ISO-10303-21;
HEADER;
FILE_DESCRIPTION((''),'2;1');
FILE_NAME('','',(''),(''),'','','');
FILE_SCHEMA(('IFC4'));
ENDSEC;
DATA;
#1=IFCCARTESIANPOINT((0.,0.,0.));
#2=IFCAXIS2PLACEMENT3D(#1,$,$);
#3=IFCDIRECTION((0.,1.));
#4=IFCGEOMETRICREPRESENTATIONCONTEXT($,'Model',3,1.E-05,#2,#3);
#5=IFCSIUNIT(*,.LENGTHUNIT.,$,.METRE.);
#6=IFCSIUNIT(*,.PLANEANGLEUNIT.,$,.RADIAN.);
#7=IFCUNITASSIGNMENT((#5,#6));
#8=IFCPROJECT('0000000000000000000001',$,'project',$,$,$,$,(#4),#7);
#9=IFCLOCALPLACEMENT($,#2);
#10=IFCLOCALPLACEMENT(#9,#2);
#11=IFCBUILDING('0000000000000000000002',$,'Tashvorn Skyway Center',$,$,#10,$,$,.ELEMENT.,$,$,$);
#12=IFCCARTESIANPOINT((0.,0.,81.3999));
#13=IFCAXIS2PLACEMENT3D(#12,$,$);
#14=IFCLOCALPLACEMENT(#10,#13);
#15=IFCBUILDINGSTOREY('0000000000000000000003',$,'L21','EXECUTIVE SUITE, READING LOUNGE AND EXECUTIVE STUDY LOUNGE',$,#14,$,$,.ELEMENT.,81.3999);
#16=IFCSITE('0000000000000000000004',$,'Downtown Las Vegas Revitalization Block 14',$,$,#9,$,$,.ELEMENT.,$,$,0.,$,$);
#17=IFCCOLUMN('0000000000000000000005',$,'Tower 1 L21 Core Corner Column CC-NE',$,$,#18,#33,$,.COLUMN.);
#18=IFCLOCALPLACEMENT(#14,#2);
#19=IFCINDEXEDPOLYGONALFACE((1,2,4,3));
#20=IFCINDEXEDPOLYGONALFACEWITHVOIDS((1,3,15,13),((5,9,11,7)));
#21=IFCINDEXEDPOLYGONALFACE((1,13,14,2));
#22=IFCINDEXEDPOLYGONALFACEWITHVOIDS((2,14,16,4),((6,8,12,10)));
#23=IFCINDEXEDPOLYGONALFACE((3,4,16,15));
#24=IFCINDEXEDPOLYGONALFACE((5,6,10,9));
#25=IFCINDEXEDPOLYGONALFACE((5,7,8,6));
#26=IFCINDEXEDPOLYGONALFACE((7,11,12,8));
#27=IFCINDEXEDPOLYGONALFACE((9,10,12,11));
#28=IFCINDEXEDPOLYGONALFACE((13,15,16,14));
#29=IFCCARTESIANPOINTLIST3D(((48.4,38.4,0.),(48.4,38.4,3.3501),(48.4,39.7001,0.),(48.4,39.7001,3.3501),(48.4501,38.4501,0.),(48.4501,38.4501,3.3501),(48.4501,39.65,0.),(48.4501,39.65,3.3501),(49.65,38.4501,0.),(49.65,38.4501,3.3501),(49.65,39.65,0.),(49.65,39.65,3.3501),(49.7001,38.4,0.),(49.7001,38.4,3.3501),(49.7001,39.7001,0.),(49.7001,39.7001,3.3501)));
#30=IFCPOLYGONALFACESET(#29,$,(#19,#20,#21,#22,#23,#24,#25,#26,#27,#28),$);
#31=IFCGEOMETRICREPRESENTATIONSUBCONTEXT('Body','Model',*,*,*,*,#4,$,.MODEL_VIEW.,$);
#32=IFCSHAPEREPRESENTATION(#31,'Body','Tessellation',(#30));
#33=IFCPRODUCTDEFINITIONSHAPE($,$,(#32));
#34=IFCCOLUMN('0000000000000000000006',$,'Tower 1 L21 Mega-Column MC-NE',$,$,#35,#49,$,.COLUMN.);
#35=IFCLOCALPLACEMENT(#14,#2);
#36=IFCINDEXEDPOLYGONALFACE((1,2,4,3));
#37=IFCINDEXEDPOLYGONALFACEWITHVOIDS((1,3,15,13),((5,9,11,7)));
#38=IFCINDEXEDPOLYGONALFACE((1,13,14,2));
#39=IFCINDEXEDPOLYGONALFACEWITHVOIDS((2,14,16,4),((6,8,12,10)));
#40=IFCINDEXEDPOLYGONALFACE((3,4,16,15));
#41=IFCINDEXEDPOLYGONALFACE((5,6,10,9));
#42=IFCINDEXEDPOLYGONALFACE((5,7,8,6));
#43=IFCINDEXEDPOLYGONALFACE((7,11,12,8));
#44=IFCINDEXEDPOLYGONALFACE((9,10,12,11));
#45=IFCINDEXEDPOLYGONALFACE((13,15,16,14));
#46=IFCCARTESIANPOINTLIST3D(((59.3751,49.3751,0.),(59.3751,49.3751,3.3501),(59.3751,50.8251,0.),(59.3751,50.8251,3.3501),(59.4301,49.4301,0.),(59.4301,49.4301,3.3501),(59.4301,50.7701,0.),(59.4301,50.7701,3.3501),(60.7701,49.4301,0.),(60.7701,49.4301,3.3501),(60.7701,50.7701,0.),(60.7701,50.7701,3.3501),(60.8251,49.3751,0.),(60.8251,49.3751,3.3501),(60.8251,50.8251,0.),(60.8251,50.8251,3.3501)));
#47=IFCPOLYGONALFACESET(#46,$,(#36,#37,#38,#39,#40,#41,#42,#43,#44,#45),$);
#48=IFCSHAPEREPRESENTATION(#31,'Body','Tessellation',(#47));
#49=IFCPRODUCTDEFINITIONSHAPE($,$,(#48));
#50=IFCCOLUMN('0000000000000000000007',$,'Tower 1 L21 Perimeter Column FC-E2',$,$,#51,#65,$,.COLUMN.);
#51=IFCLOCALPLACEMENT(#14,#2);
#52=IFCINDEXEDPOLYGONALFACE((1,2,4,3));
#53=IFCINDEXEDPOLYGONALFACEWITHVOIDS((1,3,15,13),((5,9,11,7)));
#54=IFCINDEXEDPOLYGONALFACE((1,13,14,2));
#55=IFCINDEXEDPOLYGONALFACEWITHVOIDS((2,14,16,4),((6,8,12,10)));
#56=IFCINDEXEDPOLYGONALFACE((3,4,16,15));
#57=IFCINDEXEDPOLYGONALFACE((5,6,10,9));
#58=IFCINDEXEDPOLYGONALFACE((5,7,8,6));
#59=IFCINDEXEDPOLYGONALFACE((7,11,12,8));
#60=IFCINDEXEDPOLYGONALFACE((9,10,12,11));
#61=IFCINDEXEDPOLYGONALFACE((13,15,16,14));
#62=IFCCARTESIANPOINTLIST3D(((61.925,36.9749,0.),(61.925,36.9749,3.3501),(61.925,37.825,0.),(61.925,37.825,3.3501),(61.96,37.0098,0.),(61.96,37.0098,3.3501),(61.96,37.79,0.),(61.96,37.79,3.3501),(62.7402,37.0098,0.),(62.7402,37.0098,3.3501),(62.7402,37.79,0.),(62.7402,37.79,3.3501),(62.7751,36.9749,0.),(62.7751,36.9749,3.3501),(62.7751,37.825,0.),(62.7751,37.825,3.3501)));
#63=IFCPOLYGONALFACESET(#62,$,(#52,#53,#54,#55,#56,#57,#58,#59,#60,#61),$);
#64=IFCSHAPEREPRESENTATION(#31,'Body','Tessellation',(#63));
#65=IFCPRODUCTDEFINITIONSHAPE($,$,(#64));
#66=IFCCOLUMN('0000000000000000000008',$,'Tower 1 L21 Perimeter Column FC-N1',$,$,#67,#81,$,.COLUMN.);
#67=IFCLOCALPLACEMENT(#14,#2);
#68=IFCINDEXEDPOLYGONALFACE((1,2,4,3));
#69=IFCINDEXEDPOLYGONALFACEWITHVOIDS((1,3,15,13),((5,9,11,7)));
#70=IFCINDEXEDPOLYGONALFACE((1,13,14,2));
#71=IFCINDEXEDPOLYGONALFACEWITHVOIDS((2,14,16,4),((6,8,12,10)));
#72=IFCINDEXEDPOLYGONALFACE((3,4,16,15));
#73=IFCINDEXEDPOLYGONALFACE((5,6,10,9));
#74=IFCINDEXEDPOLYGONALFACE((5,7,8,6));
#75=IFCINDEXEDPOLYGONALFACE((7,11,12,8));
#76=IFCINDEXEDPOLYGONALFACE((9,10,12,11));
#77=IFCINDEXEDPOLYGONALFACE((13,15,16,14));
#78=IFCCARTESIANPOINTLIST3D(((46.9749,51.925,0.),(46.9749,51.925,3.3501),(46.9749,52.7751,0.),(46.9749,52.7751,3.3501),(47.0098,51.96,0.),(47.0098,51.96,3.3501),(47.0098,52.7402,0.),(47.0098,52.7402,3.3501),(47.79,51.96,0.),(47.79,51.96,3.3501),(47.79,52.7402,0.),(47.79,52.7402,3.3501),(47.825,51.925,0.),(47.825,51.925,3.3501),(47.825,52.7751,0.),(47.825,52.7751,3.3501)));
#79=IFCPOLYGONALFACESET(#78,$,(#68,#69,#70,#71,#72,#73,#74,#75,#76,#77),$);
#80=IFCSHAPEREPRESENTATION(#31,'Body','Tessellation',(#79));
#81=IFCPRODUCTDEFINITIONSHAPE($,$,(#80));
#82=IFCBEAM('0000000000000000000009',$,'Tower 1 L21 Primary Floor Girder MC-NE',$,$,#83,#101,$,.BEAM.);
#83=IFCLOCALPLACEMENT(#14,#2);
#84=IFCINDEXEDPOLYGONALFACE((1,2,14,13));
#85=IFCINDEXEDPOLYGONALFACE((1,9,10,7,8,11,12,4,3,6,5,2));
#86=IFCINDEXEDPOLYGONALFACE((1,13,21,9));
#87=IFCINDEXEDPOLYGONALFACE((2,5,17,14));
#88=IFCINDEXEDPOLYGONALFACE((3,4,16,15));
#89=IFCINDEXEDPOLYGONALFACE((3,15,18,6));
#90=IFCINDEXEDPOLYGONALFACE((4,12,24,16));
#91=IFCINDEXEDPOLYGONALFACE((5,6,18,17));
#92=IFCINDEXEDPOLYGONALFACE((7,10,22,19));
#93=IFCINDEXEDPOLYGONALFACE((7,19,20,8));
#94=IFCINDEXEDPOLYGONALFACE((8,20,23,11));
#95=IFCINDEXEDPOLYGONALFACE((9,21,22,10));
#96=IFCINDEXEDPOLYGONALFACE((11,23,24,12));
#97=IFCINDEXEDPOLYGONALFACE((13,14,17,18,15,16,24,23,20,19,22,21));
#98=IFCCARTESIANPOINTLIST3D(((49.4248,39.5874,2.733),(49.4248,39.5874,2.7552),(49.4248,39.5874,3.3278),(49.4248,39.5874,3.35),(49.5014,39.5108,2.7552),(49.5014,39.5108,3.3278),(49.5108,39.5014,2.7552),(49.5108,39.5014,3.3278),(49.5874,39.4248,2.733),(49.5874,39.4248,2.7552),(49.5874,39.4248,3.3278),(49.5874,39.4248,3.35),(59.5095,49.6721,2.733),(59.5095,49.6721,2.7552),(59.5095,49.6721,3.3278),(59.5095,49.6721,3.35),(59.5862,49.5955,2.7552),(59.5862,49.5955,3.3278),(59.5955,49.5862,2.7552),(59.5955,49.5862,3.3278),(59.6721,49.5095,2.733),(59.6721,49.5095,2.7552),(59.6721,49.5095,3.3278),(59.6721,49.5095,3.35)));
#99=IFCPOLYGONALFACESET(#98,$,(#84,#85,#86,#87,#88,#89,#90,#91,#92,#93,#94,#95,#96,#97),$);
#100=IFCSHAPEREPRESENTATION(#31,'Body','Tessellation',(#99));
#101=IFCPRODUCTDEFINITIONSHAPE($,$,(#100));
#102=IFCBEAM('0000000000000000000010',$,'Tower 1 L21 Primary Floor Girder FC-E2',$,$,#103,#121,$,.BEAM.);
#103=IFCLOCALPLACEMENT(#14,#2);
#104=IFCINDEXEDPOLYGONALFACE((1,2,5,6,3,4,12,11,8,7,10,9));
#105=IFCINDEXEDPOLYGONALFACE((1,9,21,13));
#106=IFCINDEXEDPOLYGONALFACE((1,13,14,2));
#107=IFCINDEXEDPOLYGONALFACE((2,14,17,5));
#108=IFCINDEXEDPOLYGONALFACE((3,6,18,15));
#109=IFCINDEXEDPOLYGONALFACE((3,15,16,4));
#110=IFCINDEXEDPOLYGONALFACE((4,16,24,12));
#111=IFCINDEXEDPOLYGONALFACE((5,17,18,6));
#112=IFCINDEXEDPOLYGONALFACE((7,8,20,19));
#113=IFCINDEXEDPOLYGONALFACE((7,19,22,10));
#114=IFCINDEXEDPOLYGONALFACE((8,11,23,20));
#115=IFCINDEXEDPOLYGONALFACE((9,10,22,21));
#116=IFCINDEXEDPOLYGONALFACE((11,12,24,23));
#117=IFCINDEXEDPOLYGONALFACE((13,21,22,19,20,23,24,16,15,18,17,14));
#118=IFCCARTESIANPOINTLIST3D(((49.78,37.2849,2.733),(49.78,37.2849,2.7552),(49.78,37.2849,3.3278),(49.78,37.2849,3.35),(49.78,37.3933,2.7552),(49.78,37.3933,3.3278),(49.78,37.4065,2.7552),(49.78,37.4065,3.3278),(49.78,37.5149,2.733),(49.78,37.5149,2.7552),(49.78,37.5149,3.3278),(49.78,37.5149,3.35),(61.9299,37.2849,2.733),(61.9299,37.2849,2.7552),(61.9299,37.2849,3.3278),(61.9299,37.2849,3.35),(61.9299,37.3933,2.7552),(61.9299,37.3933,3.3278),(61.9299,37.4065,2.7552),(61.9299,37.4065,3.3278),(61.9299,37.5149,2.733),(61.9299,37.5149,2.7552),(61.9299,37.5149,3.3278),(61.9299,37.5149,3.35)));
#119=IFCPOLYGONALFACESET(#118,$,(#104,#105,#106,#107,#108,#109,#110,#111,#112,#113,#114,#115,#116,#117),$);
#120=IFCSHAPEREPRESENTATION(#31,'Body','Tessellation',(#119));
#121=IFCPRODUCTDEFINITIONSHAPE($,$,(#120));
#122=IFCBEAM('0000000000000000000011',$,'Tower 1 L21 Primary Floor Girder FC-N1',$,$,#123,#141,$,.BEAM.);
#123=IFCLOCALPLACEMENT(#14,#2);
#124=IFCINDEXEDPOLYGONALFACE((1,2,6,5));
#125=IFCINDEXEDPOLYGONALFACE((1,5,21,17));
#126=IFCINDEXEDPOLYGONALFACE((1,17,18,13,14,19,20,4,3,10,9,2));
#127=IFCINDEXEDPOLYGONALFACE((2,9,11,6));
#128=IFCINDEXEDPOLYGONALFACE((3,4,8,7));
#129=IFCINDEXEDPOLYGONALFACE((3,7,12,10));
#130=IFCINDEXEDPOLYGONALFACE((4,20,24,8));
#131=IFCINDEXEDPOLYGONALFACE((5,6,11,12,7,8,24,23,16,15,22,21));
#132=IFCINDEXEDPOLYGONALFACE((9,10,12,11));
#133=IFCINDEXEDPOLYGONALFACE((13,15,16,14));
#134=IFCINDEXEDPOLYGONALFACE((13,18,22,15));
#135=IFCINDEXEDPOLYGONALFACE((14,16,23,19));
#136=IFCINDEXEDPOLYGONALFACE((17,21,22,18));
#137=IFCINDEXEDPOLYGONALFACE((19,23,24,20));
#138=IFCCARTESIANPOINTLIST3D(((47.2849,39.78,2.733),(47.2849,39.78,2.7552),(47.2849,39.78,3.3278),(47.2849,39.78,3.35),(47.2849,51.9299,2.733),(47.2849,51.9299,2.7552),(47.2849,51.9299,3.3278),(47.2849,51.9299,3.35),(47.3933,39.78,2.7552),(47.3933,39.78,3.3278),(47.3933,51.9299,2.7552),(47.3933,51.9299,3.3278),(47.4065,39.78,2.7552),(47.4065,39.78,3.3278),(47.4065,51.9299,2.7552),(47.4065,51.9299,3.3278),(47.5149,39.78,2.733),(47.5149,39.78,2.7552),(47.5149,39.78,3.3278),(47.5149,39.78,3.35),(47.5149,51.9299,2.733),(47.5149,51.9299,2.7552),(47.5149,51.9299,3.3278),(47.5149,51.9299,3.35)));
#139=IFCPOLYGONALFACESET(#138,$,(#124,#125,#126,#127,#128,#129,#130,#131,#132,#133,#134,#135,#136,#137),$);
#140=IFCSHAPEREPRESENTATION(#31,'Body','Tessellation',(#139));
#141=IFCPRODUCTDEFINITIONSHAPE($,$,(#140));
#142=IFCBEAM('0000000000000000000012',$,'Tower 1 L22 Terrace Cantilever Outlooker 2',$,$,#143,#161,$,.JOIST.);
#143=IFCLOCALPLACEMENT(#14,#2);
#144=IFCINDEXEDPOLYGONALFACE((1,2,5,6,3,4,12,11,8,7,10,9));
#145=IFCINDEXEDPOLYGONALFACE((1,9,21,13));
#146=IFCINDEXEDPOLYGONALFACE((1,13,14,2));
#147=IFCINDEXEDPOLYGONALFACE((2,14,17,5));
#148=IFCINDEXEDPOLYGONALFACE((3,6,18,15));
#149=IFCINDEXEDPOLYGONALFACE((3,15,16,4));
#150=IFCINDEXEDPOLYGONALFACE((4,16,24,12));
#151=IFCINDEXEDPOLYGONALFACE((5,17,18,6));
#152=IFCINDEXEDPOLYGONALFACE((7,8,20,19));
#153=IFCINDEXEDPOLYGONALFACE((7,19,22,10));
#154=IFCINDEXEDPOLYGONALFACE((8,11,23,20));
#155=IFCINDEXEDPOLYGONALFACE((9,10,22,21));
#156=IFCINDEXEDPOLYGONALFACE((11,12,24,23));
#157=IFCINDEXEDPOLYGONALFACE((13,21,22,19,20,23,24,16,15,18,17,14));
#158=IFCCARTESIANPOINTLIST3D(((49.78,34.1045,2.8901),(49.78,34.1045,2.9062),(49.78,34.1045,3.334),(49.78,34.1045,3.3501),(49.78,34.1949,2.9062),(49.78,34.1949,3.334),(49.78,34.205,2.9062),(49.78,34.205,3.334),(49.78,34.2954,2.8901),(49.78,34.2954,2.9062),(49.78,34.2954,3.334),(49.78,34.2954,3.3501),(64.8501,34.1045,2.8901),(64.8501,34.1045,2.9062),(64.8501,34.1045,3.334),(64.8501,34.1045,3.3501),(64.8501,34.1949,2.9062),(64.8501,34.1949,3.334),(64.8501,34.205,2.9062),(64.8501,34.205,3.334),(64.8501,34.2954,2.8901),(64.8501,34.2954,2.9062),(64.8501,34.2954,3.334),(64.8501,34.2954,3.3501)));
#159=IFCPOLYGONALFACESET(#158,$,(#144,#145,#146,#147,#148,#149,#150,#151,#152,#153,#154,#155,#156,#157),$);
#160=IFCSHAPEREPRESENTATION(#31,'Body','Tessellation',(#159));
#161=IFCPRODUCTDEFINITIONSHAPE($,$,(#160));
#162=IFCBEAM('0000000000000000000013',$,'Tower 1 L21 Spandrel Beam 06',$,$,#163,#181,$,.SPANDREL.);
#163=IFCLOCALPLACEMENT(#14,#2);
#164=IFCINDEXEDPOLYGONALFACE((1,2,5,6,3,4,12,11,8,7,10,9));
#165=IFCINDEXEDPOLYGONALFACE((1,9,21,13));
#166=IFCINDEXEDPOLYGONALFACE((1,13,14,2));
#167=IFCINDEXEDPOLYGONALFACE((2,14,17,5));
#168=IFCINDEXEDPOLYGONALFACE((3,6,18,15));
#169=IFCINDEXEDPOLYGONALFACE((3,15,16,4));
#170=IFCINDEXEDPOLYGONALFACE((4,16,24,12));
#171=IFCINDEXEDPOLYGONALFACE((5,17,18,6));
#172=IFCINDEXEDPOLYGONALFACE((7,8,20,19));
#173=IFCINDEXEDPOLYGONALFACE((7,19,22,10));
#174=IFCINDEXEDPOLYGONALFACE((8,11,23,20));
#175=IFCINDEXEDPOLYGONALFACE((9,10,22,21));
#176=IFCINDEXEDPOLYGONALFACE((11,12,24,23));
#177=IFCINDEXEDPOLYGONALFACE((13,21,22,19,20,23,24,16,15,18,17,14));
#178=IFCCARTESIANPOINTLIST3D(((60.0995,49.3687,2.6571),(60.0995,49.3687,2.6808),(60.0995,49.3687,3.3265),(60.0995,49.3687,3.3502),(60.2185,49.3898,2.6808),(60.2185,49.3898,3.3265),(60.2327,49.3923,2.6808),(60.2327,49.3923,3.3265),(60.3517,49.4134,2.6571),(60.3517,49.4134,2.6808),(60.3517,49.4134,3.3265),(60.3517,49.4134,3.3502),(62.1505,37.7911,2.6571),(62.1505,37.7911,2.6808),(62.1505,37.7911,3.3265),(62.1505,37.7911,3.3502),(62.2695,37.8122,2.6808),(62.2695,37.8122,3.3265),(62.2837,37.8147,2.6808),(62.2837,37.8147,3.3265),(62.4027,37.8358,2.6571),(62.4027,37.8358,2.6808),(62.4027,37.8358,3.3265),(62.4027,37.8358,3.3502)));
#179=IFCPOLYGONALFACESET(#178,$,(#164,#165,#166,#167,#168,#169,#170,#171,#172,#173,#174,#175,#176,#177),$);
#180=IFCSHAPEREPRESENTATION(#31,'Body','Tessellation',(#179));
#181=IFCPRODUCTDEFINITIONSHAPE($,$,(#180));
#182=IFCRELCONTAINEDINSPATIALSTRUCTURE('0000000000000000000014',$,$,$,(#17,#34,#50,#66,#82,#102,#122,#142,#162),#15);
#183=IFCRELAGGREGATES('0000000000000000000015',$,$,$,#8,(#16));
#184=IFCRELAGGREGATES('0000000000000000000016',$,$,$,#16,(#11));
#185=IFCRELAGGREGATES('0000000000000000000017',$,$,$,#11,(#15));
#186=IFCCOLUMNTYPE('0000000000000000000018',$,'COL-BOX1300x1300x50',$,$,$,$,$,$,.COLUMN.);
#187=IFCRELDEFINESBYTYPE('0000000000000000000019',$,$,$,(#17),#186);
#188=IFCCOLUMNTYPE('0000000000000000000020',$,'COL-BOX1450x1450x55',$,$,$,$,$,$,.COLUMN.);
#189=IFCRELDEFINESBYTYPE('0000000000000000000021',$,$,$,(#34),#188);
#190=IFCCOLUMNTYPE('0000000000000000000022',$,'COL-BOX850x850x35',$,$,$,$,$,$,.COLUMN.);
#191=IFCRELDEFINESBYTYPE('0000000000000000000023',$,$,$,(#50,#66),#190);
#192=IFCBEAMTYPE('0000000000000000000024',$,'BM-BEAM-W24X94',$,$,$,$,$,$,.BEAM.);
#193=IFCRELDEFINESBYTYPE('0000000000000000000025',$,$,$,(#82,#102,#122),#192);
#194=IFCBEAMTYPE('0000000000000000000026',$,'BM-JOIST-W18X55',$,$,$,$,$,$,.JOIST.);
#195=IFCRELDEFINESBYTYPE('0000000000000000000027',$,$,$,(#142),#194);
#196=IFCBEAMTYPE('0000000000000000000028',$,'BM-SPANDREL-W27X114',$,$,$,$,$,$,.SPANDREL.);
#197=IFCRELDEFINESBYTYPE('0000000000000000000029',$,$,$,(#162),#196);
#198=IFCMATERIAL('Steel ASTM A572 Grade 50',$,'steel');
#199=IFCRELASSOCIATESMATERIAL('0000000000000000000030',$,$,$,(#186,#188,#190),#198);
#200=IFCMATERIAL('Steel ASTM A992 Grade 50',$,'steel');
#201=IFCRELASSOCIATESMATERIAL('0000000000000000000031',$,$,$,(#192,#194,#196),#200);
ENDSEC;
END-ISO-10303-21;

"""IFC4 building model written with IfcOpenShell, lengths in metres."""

from ifc_helpers import new_model, si_unit, direction, frame, origin, origin_2d, place, context, subcontext, project, spatial, hollow_rectangle, i_section, extrude, material, material_profile, profile_set, type_object, element, save


model = new_model("IFC4")

# Units and contexts
model_context = context("Model", 3, precision=1e-05, world=origin(), true_north=direction((0.0, 1.0)))
body_context = subcontext(model_context, "Body", "Model", "MODEL_VIEW")
ifc_project = project(units=[si_unit("LENGTHUNIT", "METRE"), si_unit("PLANEANGLEUNIT", "RADIAN")], contexts=[model_context])

# Site, building, storey
site_placement = place(None, origin())
site = spatial("IfcSite", under=ifc_project, at=site_placement, Name="Downtown Las Vegas Revitalization Block 14", CompositionType="ELEMENT", RefElevation=0.0)
building_placement = place(site_placement, origin())
building = spatial("IfcBuilding", under=site, at=building_placement, Name="Tashvorn Skyway Center", CompositionType="ELEMENT")
storey_placement = place(building_placement, frame((0.0, 0.0, 81.3999)))
storey = spatial("IfcBuildingStorey", under=building, at=storey_placement, Name="L21", Description="EXECUTIVE SUITE, READING LOUNGE AND EXECUTIVE STUDY LOUNGE", CompositionType="ELEMENT", Elevation=81.3999)

# Columns
ifc_material_1 = material(Name="Steel ASTM A572 Grade 50", Category="steel")
ifc_material_profile_1 = material_profile(ifc_material_1, hollow_rectangle(XDim=1.3, YDim=1.3, WallThickness=0.05, at=origin_2d()), Name="BOX1300x1300x50")
ifc_profile_set_1 = profile_set([ifc_material_profile_1], Name="Steel ASTM A572 Grade 50")
column_type_1 = type_object("IfcColumnType", Name="COL-BOX1300x1300x50", PredefinedType="COLUMN", material=ifc_profile_set_1)
column_1_placement = place(storey_placement, frame((49.05, 39.05, 0.0), z_axis=(0.0, 0.0, 1.0), x_axis=(1.0, 0.0, 0.0)))
element("IfcColumn", 1, at=column_1_placement, inside=storey, type_object=column_type_1, Name="Tower 1 L21 Core Corner Column CC-NE", PredefinedType="COLUMN", context=body_context, shape_type="SweptSolid", body=[
    extrude(hollow_rectangle(XDim=1.3, YDim=1.3, WallThickness=0.05, at=origin_2d()), origin(), (0.0, 0.0, 1.0), 3.3501),
])
ifc_material_profile_2 = material_profile(ifc_material_1, hollow_rectangle(XDim=1.45, YDim=1.45, WallThickness=0.0549, at=origin_2d()), Name="BOX1450x1450x55")
ifc_profile_set_2 = profile_set([ifc_material_profile_2], Name="Steel ASTM A572 Grade 50")
column_type_2 = type_object("IfcColumnType", Name="COL-BOX1450x1450x55", PredefinedType="COLUMN", material=ifc_profile_set_2)
column_2_placement = place(storey_placement, frame((60.1001, 50.1001, 0.0), z_axis=(0.0, 0.0, 1.0), x_axis=(1.0, 0.0, 0.0)))
element("IfcColumn", 2, at=column_2_placement, inside=storey, type_object=column_type_2, Name="Tower 1 L21 Mega-Column MC-NE", PredefinedType="COLUMN", context=body_context, shape_type="SweptSolid", body=[
    extrude(hollow_rectangle(XDim=1.45, YDim=1.45, WallThickness=0.0549, at=origin_2d()), origin(), (0.0, 0.0, 1.0), 3.3501),
])
ifc_material_profile_3 = material_profile(ifc_material_1, hollow_rectangle(XDim=0.8501, YDim=0.8501, WallThickness=0.0349, at=origin_2d()), Name="BOX850x850x35")
ifc_profile_set_3 = profile_set([ifc_material_profile_3], Name="Steel ASTM A572 Grade 50")
column_type_3 = type_object("IfcColumnType", Name="COL-BOX850x850x35", PredefinedType="COLUMN", material=ifc_profile_set_3)
for number, where, z_axis, x_axis, name in (
    (3, (62.3501, 37.3999, 0.0), (0.0, 0.0, 1.0), (1.0, 0.0, 0.0), "Tower 1 L21 Perimeter Column FC-E2"),
    (4, (47.3999, 52.3501, 0.0), (0.0, 0.0, 1.0), (1.0, 0.0, 0.0), "Tower 1 L21 Perimeter Column FC-N1"),
):
    element("IfcColumn", number, at=place(storey_placement, frame(where, z_axis=z_axis, x_axis=x_axis)), inside=storey, type_object=column_type_3, Name=name, PredefinedType="COLUMN", context=body_context, shape_type="SweptSolid", body=[
        extrude(hollow_rectangle(XDim=0.8501, YDim=0.8501, WallThickness=0.0349, at=origin_2d()), origin(), (0.0, 0.0, 1.0), 3.3501),
    ])

# Beams
ifc_material_2 = material(Name="Steel ASTM A992 Grade 50", Category="steel")
ifc_material_profile_4 = material_profile(ifc_material_2, i_section(OverallWidth=0.23, OverallDepth=0.6169, WebThickness=0.0132, FlangeThickness=0.0222, at=origin_2d()), Name="W24X94")
ifc_profile_set_4 = profile_set([ifc_material_profile_4], Name="Steel ASTM A992 Grade 50")
beam_type_1 = type_object("IfcBeamType", Name="BM-BEAM-W24X94", PredefinedType="BEAM", material=ifc_profile_set_4)
beam_1_placement = place(storey_placement, frame((59.5908, 49.5908, 3.0415), z_axis=(-0.707107, -0.707107, 0.0), x_axis=(0.707107, -0.707107, 0.0)))
element("IfcBeam", 5, at=beam_1_placement, inside=storey, type_object=beam_type_1, Name="Tower 1 L21 Primary Floor Girder MC-NE", PredefinedType="BEAM", context=body_context, shape_type="SweptSolid", body=[
    extrude(i_section(OverallWidth=0.23, OverallDepth=0.6169, WebThickness=0.0132, FlangeThickness=0.0222, at=origin_2d()), origin(), (0.0, 0.0, 1.0), 14.262),
])
for number, where, z_axis, x_axis, name in (
    (6, (61.9299, 37.3999, 3.0415), (-1.0, 0.0, 0.0), (0.0, -1.0, 0.0), "Tower 1 L21 Primary Floor Girder FC-E2"),
    (7, (47.3999, 51.9299, 3.0415), (0.0, -1.0, 0.0), (1.0, 0.0, 0.0), "Tower 1 L21 Primary Floor Girder FC-N1"),
):
    element("IfcBeam", number, at=place(storey_placement, frame(where, z_axis=z_axis, x_axis=x_axis)), inside=storey, type_object=beam_type_1, Name=name, PredefinedType="BEAM", context=body_context, shape_type="SweptSolid", body=[
        extrude(i_section(OverallWidth=0.23, OverallDepth=0.6169, WebThickness=0.0132, FlangeThickness=0.0222, at=origin_2d()), origin(), (0.0, 0.0, 1.0), 12.1499),
    ])
ifc_material_profile_5 = material_profile(ifc_material_2, i_section(OverallWidth=0.1909, OverallDepth=0.46, WebThickness=0.01, FlangeThickness=0.0161, at=origin_2d()), Name="W18X55")
ifc_profile_set_5 = profile_set([ifc_material_profile_5], Name="Steel ASTM A992 Grade 50")
beam_type_2 = type_object("IfcBeamType", Name="BM-JOIST-W18X55", PredefinedType="JOIST", material=ifc_profile_set_5)
beam_2_placement = place(storey_placement, frame((49.78, 34.2, 3.1201), z_axis=(1.0, 0.0, 0.0), x_axis=(0.0, 1.0, 0.0)))
element("IfcBeam", 8, at=beam_2_placement, inside=storey, type_object=beam_type_2, Name="Tower 1 L22 Terrace Cantilever Outlooker 2", PredefinedType="JOIST", context=body_context, shape_type="SweptSolid", body=[
    extrude(i_section(OverallWidth=0.1909, OverallDepth=0.46, WebThickness=0.01, FlangeThickness=0.0161, at=origin_2d()), origin(), (0.0, 0.0, 1.0), 15.0701),
])
ifc_material_profile_6 = material_profile(ifc_material_2, i_section(OverallWidth=0.2561, OverallDepth=0.6931, WebThickness=0.0144, FlangeThickness=0.0237, at=origin_2d()), Name="W27X114")
ifc_profile_set_6 = profile_set([ifc_material_profile_6], Name="Steel ASTM A992 Grade 50")
beam_type_3 = type_object("IfcBeamType", Name="BM-SPANDREL-W27X114", PredefinedType="SPANDREL", material=ifc_profile_set_6)
for number, where, z_axis, x_axis, name in (
    (9, (62.2766, 37.8135, 3.0037), (-0.174438, 0.984668, 0.0), (-0.984668, -0.174438, 0.0), "Tower 1 L21 Spandrel Beam 06"),
):
    element("IfcBeam", number, at=place(storey_placement, frame(where, z_axis=z_axis, x_axis=x_axis)), inside=storey, type_object=beam_type_3, Name=name, PredefinedType="SPANDREL", context=body_context, shape_type="SweptSolid", body=[
        extrude(i_section(OverallWidth=0.2561, OverallDepth=0.6931, WebThickness=0.0144, FlangeThickness=0.0237, at=origin_2d()), origin(), (0.0, 0.0, 1.0), 11.7578),
    ])

save(model, "model.ifc")
